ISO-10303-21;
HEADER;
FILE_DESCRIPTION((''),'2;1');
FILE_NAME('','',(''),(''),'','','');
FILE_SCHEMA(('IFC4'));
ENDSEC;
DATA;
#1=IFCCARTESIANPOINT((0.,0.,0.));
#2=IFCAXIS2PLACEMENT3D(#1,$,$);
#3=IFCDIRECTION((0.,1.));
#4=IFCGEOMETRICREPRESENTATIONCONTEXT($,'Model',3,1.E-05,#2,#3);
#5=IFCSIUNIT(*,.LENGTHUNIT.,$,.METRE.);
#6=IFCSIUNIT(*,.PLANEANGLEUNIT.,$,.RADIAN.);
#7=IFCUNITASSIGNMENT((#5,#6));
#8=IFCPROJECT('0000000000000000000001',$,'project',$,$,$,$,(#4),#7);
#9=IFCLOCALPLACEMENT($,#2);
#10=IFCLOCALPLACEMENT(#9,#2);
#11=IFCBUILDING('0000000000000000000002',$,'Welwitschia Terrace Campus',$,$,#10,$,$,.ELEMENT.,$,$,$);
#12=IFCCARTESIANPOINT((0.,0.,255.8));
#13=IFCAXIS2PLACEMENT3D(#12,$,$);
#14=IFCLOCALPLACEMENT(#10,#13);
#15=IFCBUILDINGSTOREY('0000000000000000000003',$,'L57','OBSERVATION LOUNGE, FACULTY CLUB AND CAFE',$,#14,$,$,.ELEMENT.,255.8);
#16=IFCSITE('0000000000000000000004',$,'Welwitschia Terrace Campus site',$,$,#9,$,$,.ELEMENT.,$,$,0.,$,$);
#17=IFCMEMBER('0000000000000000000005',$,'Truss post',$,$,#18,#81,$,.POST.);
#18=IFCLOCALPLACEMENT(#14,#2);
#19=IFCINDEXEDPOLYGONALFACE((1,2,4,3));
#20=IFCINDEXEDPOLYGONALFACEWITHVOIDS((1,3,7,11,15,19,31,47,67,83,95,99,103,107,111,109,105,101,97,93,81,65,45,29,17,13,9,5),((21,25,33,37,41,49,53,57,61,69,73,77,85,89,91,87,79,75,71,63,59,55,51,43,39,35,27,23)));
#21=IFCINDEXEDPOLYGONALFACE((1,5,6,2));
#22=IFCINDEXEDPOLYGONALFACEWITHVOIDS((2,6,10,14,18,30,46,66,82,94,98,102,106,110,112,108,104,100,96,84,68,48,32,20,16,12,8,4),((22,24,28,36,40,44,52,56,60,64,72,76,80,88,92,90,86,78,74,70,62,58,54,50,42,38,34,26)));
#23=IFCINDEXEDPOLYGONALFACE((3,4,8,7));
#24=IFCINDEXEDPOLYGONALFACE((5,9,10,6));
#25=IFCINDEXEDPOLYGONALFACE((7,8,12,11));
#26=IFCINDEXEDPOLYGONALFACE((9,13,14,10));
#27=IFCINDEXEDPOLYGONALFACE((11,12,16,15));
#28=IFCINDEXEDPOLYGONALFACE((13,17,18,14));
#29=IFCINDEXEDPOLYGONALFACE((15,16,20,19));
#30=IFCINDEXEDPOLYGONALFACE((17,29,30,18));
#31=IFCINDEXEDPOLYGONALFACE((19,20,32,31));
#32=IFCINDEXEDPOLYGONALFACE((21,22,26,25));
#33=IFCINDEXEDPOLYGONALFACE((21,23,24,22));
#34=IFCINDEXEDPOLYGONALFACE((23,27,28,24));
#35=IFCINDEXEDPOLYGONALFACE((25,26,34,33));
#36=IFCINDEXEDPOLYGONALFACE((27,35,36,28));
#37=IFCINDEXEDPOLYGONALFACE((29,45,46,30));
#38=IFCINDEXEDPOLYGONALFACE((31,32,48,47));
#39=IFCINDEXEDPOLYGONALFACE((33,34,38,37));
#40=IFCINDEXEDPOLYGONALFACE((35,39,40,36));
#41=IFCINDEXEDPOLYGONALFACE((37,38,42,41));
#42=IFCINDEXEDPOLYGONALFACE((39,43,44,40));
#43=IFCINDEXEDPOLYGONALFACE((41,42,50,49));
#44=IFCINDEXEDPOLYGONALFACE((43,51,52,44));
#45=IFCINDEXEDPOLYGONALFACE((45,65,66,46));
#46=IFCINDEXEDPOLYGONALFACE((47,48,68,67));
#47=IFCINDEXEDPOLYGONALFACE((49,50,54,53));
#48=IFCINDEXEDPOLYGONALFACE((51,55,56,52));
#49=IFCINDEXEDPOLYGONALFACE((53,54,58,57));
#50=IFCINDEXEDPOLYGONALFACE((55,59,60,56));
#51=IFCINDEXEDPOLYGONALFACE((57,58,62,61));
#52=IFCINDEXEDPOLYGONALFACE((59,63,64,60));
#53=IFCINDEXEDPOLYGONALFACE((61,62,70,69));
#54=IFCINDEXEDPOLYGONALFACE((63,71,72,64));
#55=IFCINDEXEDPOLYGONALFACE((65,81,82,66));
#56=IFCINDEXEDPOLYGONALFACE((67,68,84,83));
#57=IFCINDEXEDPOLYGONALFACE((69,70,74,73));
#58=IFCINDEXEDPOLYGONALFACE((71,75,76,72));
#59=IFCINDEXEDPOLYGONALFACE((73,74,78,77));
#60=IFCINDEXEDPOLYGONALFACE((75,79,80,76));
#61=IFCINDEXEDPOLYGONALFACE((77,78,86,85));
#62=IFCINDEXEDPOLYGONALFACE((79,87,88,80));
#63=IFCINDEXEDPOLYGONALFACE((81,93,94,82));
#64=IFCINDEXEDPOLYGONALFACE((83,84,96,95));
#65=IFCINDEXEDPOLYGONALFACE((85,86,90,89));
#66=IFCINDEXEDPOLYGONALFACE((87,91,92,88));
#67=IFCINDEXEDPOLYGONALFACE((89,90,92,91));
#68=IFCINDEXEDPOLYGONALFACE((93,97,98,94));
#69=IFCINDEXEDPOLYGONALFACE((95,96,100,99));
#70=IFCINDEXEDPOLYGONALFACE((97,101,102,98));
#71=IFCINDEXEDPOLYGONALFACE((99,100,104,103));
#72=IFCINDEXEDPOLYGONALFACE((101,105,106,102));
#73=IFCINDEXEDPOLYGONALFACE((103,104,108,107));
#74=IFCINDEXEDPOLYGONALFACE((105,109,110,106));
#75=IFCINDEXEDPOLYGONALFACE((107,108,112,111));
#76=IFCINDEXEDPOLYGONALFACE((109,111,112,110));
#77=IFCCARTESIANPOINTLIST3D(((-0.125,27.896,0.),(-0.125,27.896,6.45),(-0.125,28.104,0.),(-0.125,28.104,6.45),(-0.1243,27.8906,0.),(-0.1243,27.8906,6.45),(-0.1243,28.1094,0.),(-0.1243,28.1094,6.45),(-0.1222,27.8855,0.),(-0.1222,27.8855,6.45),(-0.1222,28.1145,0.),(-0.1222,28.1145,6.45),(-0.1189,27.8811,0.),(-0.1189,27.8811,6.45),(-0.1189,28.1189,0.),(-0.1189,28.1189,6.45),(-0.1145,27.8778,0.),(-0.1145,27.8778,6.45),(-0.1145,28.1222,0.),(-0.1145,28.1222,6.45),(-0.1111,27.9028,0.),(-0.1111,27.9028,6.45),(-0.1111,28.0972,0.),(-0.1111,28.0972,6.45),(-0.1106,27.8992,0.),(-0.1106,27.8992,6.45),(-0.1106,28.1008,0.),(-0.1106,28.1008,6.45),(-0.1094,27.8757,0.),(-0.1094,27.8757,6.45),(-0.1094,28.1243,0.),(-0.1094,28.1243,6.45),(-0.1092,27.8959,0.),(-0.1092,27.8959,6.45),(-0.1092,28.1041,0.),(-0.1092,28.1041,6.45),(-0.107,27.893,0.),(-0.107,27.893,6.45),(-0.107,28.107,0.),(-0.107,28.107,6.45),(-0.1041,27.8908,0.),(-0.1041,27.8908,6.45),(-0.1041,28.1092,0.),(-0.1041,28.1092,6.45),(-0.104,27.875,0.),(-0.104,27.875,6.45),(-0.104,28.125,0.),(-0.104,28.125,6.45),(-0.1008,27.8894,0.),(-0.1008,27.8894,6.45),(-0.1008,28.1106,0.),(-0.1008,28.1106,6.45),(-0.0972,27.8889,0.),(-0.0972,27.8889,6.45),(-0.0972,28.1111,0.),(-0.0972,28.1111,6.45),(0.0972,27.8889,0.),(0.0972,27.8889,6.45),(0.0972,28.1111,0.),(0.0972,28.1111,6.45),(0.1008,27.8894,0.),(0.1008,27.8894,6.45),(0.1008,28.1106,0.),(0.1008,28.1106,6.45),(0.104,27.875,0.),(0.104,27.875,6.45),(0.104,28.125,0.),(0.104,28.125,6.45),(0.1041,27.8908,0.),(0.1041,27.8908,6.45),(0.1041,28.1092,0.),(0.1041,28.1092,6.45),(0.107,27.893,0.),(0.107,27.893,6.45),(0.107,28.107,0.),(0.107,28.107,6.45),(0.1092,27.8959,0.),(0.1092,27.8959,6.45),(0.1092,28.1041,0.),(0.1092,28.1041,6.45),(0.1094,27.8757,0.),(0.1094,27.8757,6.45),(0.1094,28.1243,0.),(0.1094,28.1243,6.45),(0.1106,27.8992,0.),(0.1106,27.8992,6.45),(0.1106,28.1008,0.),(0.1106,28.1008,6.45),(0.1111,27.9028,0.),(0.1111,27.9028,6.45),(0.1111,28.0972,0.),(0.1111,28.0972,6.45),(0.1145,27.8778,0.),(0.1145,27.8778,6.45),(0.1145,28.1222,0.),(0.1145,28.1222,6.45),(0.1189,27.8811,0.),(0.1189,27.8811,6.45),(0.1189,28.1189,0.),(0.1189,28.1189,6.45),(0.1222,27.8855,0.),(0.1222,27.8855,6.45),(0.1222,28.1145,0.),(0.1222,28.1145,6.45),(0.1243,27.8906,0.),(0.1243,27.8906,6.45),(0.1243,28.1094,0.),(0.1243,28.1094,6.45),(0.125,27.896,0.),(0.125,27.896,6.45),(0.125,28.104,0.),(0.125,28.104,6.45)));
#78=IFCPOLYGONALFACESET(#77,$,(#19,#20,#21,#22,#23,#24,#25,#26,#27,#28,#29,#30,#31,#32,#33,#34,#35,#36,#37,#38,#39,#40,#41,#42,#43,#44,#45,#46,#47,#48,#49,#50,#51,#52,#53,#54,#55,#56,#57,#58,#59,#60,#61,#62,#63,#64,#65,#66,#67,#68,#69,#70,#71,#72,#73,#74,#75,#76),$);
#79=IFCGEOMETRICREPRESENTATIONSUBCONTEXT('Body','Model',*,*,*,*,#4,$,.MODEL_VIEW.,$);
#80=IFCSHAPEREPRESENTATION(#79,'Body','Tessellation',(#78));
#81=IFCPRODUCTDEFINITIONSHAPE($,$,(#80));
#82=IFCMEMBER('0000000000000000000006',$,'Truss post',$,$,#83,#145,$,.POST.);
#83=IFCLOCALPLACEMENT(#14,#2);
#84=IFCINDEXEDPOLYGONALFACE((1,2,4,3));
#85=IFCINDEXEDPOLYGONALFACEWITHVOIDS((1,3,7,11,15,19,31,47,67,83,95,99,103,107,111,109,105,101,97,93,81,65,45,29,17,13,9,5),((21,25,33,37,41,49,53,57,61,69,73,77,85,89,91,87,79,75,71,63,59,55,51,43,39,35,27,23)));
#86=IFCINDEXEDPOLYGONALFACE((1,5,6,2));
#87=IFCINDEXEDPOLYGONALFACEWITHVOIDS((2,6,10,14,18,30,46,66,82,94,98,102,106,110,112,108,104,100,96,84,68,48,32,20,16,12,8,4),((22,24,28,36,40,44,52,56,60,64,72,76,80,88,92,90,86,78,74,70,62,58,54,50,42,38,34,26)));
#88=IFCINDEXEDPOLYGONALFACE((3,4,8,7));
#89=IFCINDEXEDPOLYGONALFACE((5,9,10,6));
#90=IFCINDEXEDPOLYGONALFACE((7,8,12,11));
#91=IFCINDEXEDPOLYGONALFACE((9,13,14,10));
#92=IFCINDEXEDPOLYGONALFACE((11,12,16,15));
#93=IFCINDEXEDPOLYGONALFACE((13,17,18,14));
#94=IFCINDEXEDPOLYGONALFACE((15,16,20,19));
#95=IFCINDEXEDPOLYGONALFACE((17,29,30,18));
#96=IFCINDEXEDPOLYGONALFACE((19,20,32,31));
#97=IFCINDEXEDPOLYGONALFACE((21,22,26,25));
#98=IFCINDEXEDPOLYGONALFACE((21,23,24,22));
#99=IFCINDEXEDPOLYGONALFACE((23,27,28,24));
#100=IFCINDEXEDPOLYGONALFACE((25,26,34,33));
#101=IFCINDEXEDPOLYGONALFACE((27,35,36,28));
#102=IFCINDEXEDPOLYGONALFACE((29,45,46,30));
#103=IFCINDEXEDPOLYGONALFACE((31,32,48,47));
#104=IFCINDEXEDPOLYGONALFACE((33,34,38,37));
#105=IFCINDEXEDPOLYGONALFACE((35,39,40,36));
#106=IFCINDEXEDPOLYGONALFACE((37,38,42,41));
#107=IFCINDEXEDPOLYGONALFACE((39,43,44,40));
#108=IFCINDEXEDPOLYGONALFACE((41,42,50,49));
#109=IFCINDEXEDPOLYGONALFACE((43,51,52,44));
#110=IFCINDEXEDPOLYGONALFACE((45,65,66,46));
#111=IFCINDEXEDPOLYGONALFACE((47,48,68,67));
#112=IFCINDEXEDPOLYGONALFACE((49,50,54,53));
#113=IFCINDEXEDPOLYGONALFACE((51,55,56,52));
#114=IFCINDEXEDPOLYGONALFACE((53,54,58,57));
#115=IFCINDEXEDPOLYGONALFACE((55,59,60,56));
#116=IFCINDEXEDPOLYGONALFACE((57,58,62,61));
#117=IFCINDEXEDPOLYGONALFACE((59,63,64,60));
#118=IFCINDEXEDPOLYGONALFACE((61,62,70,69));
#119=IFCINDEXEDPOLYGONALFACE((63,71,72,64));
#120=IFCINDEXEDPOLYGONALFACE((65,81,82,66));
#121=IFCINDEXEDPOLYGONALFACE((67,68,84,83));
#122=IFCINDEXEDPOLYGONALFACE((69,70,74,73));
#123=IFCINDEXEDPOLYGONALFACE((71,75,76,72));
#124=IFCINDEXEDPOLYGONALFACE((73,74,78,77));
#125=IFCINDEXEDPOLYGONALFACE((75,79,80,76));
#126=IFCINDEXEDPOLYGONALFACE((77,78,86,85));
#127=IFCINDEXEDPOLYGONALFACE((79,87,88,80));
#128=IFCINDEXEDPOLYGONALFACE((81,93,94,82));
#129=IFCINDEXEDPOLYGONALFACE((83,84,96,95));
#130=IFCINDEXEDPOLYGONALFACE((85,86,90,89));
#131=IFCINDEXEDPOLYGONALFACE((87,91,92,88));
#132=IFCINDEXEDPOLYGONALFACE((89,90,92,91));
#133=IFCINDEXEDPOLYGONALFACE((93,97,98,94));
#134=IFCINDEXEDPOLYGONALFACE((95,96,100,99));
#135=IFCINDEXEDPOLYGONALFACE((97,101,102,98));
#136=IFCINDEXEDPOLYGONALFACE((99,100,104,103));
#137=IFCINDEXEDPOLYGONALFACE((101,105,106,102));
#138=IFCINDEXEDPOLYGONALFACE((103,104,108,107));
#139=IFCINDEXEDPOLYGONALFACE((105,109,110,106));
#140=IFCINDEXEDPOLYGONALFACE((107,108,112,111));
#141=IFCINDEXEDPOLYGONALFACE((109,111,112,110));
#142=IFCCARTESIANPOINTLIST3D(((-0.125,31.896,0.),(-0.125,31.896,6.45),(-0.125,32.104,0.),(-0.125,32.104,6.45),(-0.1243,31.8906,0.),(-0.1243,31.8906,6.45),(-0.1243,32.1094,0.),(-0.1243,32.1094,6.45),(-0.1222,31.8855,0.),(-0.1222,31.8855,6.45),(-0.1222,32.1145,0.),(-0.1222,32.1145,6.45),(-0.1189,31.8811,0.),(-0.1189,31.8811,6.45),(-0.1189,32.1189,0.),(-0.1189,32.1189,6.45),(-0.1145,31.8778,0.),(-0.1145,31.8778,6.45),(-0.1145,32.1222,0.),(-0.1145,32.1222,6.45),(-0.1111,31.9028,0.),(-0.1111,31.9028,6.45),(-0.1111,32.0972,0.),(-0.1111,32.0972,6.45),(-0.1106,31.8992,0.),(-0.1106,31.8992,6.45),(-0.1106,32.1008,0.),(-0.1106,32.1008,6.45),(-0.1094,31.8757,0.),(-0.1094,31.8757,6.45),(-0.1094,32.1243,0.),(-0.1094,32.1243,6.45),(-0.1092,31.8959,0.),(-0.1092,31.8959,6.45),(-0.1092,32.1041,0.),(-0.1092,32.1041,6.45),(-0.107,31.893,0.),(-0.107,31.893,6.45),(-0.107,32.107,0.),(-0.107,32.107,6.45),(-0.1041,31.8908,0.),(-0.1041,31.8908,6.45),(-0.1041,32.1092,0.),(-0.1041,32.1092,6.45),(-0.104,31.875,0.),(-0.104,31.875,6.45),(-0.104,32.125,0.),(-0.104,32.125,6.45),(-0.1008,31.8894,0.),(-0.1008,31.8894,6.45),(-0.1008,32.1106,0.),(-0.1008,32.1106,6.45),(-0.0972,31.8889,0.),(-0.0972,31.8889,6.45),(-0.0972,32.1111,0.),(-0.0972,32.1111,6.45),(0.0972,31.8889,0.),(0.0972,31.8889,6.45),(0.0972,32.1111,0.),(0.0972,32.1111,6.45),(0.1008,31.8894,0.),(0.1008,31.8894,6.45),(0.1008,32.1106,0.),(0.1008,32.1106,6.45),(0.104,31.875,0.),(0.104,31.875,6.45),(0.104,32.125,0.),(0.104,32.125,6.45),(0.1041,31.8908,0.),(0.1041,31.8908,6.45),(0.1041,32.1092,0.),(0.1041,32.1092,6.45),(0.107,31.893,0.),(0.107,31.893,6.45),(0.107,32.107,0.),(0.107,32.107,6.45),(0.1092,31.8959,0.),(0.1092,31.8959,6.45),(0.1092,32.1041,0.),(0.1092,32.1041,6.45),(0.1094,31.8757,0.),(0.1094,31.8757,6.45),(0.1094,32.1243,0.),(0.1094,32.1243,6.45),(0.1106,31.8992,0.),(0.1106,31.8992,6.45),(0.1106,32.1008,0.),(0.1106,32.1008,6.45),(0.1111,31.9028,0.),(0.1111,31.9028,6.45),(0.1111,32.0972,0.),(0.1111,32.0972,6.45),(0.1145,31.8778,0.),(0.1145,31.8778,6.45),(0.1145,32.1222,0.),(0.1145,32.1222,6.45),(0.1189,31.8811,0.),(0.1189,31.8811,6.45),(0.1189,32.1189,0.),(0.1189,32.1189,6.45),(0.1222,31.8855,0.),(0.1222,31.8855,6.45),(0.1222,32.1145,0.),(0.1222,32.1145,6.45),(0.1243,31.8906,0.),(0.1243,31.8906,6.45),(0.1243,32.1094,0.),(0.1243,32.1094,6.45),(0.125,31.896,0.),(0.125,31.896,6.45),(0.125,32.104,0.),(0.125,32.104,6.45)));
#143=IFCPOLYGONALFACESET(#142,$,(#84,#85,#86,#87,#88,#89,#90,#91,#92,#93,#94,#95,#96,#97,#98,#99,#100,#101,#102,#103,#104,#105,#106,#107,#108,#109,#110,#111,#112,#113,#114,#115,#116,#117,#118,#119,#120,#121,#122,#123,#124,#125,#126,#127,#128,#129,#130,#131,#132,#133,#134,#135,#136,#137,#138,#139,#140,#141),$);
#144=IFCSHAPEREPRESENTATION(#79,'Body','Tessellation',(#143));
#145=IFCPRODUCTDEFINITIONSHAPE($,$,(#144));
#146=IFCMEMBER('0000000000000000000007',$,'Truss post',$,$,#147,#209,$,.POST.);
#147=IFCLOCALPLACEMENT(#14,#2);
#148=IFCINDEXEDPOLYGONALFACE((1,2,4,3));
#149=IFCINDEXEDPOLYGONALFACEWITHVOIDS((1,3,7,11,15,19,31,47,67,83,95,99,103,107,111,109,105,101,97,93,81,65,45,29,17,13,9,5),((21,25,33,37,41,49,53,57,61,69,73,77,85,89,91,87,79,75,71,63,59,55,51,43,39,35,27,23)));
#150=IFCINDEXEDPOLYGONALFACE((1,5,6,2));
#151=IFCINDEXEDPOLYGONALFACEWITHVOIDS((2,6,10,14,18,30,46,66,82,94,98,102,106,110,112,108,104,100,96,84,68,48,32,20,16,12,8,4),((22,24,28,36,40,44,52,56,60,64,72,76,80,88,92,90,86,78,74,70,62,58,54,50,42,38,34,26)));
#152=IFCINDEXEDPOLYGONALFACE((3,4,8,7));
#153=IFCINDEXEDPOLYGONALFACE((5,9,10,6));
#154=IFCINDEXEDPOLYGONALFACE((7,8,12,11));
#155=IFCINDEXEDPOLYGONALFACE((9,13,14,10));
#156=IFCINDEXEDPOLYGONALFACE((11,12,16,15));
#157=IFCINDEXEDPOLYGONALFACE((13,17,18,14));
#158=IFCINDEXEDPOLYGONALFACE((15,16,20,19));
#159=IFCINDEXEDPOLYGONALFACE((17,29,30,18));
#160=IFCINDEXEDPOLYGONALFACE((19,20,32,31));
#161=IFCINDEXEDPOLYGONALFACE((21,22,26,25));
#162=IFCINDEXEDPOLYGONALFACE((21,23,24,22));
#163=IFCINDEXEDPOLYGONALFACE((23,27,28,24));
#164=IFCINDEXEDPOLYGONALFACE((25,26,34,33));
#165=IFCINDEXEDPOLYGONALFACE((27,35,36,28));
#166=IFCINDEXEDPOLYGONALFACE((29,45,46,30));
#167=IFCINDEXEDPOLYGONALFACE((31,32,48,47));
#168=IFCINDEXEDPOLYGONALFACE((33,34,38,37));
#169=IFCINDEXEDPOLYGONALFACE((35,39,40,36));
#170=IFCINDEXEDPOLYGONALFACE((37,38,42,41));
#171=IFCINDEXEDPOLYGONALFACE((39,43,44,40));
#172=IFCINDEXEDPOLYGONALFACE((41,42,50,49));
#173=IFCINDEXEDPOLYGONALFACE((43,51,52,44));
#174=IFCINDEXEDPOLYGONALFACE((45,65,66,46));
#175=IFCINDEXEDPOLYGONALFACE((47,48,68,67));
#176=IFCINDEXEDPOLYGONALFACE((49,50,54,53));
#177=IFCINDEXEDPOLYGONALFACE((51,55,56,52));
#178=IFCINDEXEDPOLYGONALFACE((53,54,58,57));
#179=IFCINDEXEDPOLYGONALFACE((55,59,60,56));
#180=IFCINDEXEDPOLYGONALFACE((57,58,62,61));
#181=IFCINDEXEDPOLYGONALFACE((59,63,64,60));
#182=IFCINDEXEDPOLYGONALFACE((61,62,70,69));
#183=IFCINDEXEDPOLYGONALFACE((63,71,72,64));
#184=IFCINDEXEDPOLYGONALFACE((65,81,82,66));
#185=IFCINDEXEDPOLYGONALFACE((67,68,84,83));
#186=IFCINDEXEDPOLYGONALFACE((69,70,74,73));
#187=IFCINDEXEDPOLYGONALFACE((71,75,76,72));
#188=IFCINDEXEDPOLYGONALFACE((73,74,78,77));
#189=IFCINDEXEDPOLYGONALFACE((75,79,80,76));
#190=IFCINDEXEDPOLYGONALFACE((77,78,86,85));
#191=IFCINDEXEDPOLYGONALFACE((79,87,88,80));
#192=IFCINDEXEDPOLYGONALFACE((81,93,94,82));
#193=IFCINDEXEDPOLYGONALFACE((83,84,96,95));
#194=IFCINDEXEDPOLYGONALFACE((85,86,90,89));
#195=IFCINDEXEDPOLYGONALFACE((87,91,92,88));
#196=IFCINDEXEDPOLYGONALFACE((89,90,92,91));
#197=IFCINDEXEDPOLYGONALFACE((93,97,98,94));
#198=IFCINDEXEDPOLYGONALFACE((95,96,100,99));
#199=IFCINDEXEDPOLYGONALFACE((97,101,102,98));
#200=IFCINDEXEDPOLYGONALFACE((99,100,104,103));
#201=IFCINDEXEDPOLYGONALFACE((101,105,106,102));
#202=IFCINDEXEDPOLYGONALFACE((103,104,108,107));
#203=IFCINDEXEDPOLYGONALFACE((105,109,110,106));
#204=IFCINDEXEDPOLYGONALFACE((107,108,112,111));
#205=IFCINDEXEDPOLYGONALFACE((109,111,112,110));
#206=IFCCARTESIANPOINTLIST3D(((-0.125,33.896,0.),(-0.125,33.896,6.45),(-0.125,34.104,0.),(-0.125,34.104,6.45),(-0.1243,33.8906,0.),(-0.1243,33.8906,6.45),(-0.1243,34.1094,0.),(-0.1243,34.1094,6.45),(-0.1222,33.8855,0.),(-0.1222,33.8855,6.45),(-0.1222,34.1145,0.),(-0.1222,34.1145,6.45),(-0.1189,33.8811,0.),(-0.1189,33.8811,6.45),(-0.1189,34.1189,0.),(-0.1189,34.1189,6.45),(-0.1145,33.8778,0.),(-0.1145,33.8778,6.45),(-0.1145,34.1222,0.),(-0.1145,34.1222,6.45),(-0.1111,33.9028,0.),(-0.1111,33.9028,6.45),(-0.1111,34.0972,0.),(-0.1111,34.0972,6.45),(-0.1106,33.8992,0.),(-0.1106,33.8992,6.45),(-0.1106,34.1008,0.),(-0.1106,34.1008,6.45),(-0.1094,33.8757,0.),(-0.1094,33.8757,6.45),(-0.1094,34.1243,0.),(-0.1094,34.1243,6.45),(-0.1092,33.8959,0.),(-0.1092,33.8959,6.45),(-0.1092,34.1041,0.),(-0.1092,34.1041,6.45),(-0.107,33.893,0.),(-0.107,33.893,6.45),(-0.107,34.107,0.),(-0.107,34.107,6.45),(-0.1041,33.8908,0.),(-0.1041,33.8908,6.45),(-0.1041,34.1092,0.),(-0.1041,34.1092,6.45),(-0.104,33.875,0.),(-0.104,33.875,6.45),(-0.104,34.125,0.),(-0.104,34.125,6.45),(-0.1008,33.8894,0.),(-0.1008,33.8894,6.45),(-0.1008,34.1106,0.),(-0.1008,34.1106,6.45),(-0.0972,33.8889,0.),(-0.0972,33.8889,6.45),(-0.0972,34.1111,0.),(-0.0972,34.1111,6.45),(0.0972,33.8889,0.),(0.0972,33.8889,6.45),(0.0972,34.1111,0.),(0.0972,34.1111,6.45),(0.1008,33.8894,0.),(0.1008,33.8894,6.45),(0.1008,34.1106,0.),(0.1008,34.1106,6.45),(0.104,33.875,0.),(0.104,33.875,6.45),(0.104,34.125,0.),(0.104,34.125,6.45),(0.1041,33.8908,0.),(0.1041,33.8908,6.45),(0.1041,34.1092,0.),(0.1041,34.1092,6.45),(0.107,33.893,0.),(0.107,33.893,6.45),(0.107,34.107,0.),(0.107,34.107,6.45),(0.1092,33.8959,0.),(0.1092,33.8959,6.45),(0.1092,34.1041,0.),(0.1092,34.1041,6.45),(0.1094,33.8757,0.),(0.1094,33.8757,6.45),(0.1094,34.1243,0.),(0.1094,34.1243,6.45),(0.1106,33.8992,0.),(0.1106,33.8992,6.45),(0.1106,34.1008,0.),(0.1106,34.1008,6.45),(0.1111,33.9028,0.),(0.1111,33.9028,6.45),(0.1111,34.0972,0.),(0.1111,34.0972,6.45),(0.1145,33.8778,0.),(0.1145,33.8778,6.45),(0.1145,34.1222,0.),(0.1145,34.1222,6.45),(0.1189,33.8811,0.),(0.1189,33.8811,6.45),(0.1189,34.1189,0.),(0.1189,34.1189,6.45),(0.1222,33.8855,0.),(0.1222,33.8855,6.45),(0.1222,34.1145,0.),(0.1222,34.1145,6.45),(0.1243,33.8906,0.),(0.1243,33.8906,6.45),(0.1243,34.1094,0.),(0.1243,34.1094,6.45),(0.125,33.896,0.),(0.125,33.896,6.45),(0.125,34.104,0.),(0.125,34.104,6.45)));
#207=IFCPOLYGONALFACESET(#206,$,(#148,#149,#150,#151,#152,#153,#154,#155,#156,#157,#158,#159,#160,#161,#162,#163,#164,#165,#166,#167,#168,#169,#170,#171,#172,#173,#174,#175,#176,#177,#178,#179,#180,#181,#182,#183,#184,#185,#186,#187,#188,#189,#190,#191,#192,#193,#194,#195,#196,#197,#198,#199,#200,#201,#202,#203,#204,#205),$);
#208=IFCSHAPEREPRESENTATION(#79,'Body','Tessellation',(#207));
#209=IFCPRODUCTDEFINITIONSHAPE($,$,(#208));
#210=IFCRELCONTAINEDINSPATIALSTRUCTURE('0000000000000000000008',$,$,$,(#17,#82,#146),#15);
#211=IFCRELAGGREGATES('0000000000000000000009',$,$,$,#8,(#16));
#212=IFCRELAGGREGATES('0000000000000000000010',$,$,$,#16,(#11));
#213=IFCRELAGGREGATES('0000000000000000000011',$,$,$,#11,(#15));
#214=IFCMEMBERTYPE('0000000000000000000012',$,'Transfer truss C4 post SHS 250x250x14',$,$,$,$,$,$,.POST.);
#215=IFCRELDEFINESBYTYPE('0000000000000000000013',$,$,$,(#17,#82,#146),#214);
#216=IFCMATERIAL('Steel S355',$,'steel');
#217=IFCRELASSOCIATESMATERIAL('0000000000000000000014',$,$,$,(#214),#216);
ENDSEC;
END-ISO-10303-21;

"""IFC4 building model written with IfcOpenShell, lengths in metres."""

from ifc_helpers import new_model, si_unit, direction, frame, origin, origin_2d, place, context, subcontext, project, spatial, hollow_rectangle, extrude, material, material_profile, profile_set, type_object, element, save


model = new_model("IFC4")

# Units and contexts
model_context = context("Model", 3, precision=1e-05, world=origin(), true_north=direction((0.0, 1.0)))
body_context = subcontext(model_context, "Body", "Model", "MODEL_VIEW")
ifc_project = project(units=[si_unit("LENGTHUNIT", "METRE"), si_unit("PLANEANGLEUNIT", "RADIAN")], contexts=[model_context])

# Site, building, storey
site_placement = place(None, origin())
site = spatial("IfcSite", under=ifc_project, at=site_placement, Name="Welwitschia Terrace Campus site", CompositionType="ELEMENT", RefElevation=0.0)
building_placement = place(site_placement, origin())
building = spatial("IfcBuilding", under=site, at=building_placement, Name="Welwitschia Terrace Campus", CompositionType="ELEMENT")
storey_placement = place(building_placement, frame((0.0, 0.0, 255.8)))
storey = spatial("IfcBuildingStorey", under=building, at=storey_placement, Name="L57", Description="OBSERVATION LOUNGE, FACULTY CLUB AND CAFE", CompositionType="ELEMENT", Elevation=255.8)

# Members
ifc_material_1 = material(Name="Steel S355", Category="steel")
ifc_material_profile_1 = material_profile(ifc_material_1, hollow_rectangle(XDim=0.25, YDim=0.25, WallThickness=0.0139, InnerFilletRadius=0.0139, OuterFilletRadius=0.021, at=origin_2d()))
ifc_profile_set_1 = profile_set([ifc_material_profile_1], Name="Steel S355")
member_type_1 = type_object("IfcMemberType", Name="Transfer truss C4 post SHS 250x250x14", PredefinedType="POST", material=ifc_profile_set_1)
for number, where, z_axis, x_axis, name in (
    (1, (0.0, 28.0, 0.0), (0.0, 0.0, 1.0), (1.0, 0.0, 0.0), "Truss post"),
    (2, (0.0, 32.0, 0.0), (0.0, 0.0, 1.0), (1.0, 0.0, 0.0), "Truss post"),
    (3, (0.0, 34.0, 0.0), (0.0, 0.0, 1.0), (1.0, 0.0, 0.0), "Truss post"),
):
    element("IfcMember", number, at=place(storey_placement, frame(where, z_axis=z_axis, x_axis=x_axis)), inside=storey, type_object=member_type_1, Name=name, PredefinedType="POST", context=body_context, shape_type="SweptSolid", body=[
        extrude(hollow_rectangle(XDim=0.25, YDim=0.25, WallThickness=0.0139, InnerFilletRadius=0.0139, OuterFilletRadius=0.021, at=origin_2d()), origin(), (0.0, 0.0, 1.0), 6.45),
    ])

save(model, "model.ifc")
